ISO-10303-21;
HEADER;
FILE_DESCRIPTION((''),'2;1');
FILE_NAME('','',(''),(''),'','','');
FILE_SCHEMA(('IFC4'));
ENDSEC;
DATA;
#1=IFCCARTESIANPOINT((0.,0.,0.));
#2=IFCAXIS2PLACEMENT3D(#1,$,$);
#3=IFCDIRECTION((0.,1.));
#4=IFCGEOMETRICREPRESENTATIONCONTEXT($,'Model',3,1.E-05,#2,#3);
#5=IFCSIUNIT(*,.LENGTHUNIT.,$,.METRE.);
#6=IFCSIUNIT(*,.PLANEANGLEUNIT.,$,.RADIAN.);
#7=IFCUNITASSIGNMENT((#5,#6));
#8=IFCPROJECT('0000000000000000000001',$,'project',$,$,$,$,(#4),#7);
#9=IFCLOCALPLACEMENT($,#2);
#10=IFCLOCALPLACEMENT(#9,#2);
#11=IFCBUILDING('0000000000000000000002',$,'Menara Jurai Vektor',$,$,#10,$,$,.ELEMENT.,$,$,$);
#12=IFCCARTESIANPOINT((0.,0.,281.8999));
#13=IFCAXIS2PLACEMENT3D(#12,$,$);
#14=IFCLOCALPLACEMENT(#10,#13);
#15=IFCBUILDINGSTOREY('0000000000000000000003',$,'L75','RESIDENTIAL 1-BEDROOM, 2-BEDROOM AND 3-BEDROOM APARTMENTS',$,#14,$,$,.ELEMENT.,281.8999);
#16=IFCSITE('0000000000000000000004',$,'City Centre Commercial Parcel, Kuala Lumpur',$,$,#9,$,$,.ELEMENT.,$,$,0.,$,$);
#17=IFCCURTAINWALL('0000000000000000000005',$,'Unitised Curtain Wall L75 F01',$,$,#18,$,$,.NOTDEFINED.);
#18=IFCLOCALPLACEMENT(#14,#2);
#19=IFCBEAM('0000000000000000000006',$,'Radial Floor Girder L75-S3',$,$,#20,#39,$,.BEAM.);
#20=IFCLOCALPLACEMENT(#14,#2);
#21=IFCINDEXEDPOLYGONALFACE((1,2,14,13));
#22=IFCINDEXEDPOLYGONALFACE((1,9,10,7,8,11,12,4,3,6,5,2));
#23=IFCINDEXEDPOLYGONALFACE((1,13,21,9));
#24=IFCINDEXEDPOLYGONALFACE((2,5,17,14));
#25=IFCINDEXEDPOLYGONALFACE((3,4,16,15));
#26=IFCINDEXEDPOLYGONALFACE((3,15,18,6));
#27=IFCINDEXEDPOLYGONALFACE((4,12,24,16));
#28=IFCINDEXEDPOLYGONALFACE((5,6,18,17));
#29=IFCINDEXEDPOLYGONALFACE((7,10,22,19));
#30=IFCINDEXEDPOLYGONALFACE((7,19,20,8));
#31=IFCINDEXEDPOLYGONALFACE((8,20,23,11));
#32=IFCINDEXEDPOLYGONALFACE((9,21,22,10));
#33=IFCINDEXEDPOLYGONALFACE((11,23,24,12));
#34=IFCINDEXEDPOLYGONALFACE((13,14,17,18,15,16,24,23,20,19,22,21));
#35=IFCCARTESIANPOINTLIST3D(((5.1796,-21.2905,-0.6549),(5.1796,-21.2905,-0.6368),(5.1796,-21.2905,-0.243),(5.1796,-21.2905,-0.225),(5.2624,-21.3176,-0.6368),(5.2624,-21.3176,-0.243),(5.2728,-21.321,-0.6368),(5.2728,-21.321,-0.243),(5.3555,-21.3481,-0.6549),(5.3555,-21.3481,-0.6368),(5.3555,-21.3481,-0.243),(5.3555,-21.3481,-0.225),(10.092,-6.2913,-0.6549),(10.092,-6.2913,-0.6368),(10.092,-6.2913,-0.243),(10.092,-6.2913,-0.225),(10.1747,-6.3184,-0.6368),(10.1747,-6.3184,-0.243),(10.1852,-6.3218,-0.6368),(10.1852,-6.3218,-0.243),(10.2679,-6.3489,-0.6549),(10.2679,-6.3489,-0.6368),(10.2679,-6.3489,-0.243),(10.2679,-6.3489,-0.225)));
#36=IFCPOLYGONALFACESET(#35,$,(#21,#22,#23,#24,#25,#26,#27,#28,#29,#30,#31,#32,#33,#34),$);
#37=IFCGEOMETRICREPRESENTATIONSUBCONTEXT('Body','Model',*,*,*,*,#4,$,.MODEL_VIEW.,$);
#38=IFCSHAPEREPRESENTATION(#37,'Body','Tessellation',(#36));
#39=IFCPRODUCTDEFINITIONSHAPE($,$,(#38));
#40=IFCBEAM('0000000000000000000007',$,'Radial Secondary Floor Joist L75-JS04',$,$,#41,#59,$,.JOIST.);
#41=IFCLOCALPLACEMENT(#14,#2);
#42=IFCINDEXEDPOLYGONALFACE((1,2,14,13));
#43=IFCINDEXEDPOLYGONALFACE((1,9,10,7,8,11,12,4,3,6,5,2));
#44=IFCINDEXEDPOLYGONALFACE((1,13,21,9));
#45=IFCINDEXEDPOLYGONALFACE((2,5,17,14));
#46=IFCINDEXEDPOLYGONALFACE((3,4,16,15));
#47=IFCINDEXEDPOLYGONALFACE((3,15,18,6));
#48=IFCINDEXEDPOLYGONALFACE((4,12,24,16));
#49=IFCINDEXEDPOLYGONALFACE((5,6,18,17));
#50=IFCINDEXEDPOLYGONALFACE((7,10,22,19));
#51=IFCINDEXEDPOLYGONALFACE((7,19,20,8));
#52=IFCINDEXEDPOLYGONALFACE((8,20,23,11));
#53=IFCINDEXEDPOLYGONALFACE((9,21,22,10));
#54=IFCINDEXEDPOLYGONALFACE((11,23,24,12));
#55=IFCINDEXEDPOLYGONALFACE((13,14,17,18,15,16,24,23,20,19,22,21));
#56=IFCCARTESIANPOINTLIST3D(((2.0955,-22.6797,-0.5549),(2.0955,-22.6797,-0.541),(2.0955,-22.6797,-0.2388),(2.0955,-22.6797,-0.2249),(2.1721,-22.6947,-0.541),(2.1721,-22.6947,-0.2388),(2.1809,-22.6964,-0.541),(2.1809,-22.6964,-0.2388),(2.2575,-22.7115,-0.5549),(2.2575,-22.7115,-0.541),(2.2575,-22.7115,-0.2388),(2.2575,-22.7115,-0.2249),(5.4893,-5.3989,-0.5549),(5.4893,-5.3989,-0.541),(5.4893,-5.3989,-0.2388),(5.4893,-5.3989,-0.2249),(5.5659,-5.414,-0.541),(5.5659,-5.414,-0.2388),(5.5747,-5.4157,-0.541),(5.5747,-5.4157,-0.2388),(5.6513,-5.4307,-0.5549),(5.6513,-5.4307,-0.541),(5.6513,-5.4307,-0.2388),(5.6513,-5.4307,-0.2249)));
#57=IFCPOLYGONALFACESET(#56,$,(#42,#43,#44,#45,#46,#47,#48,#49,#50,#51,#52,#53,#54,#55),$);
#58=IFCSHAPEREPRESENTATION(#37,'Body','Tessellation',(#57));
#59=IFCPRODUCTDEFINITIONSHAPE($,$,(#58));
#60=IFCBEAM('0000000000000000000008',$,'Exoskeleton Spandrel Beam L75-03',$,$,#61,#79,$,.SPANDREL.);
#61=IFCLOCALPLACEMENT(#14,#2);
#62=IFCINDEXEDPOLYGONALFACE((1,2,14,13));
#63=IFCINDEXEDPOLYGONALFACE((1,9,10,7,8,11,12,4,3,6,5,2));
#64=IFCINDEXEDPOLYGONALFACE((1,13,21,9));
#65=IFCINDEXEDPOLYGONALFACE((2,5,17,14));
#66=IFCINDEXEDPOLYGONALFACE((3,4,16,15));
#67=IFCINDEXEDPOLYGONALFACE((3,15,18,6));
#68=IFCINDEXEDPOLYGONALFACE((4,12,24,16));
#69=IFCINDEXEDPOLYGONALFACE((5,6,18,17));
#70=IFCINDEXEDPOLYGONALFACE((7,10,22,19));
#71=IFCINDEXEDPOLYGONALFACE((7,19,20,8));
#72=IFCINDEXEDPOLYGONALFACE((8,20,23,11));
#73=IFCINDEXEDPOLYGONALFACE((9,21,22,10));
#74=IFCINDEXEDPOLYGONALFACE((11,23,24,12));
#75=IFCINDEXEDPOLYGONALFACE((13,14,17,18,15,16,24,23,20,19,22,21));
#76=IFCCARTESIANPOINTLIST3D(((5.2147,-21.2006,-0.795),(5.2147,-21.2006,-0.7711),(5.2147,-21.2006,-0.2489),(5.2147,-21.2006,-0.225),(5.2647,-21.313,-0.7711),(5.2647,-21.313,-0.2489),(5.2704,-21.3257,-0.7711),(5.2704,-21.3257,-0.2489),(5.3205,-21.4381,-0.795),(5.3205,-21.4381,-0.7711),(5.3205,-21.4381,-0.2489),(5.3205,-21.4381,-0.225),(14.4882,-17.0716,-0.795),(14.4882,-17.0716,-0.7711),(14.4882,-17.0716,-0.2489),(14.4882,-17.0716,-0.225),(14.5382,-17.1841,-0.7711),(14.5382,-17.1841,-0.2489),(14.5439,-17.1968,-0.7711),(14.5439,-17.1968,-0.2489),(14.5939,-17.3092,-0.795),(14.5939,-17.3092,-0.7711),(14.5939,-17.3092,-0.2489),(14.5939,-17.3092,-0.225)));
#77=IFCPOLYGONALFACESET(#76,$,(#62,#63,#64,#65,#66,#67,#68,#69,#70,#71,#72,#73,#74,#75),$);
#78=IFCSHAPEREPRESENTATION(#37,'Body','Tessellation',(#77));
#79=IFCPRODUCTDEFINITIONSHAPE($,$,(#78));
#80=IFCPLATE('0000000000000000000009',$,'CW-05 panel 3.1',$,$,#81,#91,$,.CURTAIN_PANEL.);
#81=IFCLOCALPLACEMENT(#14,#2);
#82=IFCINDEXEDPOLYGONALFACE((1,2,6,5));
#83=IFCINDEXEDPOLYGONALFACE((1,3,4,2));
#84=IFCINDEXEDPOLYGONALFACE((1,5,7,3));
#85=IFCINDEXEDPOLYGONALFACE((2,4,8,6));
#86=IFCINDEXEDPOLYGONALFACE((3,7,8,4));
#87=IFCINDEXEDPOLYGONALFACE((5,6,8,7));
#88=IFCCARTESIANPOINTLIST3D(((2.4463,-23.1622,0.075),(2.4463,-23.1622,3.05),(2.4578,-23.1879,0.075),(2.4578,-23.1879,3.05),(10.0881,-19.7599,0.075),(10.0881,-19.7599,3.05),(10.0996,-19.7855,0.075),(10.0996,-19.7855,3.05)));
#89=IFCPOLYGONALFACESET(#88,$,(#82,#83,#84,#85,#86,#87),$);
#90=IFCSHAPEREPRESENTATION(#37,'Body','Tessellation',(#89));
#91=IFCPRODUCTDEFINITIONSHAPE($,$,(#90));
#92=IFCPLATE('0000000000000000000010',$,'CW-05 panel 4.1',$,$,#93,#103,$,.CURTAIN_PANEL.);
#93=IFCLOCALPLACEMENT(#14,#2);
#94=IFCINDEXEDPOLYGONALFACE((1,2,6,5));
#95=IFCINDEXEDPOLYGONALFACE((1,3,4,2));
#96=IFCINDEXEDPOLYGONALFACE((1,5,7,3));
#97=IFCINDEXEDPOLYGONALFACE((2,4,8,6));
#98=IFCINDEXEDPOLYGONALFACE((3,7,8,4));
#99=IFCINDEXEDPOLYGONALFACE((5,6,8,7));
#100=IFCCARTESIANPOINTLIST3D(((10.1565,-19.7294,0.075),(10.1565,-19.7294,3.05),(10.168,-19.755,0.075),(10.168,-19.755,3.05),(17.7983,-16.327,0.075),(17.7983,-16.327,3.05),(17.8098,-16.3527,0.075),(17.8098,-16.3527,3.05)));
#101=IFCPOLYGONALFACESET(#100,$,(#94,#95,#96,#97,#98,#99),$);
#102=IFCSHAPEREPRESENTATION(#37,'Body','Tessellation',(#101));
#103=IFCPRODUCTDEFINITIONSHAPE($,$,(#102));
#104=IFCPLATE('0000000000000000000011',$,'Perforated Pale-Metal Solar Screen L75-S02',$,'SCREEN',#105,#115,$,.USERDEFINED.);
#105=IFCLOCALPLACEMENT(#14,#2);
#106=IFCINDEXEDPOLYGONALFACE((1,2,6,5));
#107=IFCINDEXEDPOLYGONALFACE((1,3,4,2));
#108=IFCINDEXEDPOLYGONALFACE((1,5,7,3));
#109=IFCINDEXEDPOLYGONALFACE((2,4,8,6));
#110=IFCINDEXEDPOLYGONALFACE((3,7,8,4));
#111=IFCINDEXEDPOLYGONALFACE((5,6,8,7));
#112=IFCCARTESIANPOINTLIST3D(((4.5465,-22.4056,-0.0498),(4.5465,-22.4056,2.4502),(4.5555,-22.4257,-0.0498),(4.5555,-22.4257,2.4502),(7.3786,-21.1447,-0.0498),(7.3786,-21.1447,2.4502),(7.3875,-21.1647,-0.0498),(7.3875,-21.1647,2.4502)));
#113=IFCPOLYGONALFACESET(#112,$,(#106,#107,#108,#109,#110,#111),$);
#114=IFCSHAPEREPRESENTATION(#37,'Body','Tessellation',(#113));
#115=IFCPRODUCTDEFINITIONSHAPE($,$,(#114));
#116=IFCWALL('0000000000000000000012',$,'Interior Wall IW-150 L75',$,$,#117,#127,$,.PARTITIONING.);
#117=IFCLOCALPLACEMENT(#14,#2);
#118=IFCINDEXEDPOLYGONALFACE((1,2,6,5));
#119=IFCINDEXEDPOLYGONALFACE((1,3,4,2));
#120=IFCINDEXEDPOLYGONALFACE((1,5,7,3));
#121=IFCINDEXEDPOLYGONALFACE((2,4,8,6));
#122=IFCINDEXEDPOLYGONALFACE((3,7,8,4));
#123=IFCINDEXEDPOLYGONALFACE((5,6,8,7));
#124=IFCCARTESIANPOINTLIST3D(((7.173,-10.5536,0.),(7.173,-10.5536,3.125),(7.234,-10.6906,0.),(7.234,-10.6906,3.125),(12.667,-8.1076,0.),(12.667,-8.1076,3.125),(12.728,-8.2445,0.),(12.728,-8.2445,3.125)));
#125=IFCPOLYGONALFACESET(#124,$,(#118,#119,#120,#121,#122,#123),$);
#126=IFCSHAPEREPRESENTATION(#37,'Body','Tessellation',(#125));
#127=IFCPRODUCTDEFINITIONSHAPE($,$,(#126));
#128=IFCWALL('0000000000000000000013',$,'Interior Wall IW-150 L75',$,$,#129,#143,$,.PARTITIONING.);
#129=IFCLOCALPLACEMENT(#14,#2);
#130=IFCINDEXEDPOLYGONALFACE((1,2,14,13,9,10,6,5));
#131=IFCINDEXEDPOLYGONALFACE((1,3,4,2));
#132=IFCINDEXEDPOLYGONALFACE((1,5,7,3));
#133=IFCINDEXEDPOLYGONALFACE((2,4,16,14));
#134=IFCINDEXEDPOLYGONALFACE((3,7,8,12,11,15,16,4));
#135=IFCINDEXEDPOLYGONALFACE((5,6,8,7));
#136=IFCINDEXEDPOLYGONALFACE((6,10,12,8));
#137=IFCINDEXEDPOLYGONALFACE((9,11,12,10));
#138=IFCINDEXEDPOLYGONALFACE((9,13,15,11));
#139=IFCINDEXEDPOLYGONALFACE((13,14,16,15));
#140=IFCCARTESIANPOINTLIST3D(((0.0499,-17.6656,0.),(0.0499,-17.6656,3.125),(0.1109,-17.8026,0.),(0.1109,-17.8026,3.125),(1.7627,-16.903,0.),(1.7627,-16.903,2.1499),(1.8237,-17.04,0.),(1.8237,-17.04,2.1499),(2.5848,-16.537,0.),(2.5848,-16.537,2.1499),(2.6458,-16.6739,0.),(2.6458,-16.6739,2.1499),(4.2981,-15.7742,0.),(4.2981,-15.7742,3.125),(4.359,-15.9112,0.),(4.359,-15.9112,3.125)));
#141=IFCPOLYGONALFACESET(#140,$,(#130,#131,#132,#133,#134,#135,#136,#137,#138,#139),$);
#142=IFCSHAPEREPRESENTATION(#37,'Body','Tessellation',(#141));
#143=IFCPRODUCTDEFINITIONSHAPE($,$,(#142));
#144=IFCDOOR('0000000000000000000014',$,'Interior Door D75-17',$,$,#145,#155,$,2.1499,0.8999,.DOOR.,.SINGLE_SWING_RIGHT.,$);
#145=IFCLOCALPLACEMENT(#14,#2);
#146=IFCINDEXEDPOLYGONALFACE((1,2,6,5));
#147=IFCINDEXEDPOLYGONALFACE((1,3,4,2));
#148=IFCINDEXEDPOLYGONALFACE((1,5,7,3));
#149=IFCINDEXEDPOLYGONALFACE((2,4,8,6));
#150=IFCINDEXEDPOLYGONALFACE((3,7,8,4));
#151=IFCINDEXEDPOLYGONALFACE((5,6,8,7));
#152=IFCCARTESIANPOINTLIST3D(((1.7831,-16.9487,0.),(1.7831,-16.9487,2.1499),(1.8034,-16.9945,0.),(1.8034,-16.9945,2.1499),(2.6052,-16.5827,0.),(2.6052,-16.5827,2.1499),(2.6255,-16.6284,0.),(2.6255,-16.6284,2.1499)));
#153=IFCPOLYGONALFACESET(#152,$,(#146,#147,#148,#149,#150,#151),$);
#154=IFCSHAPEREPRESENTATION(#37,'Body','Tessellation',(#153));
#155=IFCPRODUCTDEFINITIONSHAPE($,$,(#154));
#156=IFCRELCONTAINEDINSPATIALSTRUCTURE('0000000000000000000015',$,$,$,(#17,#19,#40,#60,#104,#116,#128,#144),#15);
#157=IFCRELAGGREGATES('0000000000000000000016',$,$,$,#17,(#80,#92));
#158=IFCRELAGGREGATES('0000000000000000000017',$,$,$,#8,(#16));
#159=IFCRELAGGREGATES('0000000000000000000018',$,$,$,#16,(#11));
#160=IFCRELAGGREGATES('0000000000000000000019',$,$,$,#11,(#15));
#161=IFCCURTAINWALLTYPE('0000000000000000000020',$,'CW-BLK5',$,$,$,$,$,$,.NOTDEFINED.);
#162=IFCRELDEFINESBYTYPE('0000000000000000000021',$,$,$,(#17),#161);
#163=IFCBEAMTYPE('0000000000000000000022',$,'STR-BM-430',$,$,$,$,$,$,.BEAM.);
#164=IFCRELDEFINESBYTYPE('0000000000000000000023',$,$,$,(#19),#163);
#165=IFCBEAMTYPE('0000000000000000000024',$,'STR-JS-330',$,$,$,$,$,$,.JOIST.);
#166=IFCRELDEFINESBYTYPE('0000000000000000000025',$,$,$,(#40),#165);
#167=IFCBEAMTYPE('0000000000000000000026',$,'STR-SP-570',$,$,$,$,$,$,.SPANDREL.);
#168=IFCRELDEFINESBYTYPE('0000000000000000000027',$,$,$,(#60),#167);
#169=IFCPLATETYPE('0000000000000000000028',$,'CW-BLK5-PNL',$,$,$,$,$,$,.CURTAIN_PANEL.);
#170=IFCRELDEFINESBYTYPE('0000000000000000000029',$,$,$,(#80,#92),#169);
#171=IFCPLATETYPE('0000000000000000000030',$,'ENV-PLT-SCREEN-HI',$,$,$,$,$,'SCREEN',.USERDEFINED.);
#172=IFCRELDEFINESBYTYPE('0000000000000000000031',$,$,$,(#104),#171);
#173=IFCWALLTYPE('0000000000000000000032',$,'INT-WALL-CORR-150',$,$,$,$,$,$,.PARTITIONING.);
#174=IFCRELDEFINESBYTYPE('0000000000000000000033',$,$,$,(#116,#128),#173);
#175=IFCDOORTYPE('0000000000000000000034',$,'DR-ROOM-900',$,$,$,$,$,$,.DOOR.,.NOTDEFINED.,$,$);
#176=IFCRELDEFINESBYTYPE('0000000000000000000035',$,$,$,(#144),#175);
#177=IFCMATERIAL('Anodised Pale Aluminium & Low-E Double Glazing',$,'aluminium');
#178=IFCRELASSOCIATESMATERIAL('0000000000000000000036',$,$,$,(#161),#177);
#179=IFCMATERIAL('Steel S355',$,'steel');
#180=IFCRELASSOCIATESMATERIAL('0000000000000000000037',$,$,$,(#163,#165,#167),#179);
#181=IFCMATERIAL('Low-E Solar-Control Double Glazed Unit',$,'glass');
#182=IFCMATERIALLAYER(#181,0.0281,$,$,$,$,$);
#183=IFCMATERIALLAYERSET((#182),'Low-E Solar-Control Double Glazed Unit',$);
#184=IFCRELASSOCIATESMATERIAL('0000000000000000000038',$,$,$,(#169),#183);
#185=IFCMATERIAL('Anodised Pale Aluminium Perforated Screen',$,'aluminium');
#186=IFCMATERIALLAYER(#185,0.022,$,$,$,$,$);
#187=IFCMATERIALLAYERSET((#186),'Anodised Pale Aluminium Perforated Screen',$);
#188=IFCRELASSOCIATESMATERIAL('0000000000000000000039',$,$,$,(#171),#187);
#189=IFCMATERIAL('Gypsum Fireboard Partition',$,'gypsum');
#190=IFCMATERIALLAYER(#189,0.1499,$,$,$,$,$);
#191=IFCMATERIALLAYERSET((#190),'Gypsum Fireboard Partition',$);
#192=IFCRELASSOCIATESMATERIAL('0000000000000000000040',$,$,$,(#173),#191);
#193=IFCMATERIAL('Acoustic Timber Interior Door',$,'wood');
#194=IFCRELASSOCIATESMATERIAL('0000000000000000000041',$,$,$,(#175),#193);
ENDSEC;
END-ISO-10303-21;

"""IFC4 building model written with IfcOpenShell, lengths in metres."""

from ifc_helpers import new_model, si_unit, direction, frame, frame_2d, origin, origin_2d, place, context, subcontext, project, spatial, rectangle, i_section, extrude, material, layer, layer_set, material_profile, profile_set, type_object, element, fill, aggregate, save


model = new_model("IFC4")

# Units and contexts
model_context = context("Model", 3, precision=1e-05, world=origin(), true_north=direction((0.0, 1.0)))
body_context = subcontext(model_context, "Body", "Model", "MODEL_VIEW")
ifc_project = project(units=[si_unit("LENGTHUNIT", "METRE"), si_unit("PLANEANGLEUNIT", "RADIAN")], contexts=[model_context])

# Site, building, storey
site_placement = place(None, origin())
site = spatial("IfcSite", under=ifc_project, at=site_placement, Name="City Centre Commercial Parcel, Kuala Lumpur", CompositionType="ELEMENT", RefElevation=0.0)
building_placement = place(site_placement, origin())
building = spatial("IfcBuilding", under=site, at=building_placement, Name="Menara Jurai Vektor", CompositionType="ELEMENT")
storey_placement = place(building_placement, frame((0.0, 0.0, 281.8999)))
storey = spatial("IfcBuildingStorey", under=building, at=storey_placement, Name="L75", Description="RESIDENTIAL 1-BEDROOM, 2-BEDROOM AND 3-BEDROOM APARTMENTS", CompositionType="ELEMENT", Elevation=281.8999)

# Curtain wall
ifc_material_1 = material(Name="Anodised Pale Aluminium & Low-E Double Glazing", Category="aluminium")
curtain_wall_type = type_object("IfcCurtainWallType", Name="CW-BLK5", PredefinedType="NOTDEFINED", material=ifc_material_1)
curtain_wall_placement = place(storey_placement, origin())
curtain_wall = element("IfcCurtainWall", 1, at=curtain_wall_placement, inside=storey, type_object=curtain_wall_type, Name="Unitised Curtain Wall L75 F01", PredefinedType="NOTDEFINED")

# Beams
ifc_material_2 = material(Name="Steel S355", Category="steel")
ifc_material_profile_1 = material_profile(ifc_material_2, i_section(OverallWidth=0.1851, OverallDepth=0.4299, WebThickness=0.011, FlangeThickness=0.0181, at=origin_2d()), Name="PG 430x185x76")
ifc_profile_set_1 = profile_set([ifc_material_profile_1], Name="Steel S355")
beam_type_1 = type_object("IfcBeamType", Name="STR-BM-430", PredefinedType="BEAM", material=ifc_profile_set_1)
beam_1_placement = place(storey_placement, frame((5.2676, -21.3193, -0.4399), z_axis=(0.311239, 0.950332, 0.0), x_axis=(-0.950332, 0.311239, 0.0)))
element("IfcBeam", 2, at=beam_1_placement, inside=storey, type_object=beam_type_1, Name="Radial Floor Girder L75-S3", PredefinedType="BEAM", context=body_context, shape_type="SweptSolid", body=[
    extrude(i_section(OverallWidth=0.1851, OverallDepth=0.4299, WebThickness=0.011, FlangeThickness=0.0181, at=origin_2d()), origin(), (0.0, 0.0, 1.0), 15.7832),
])
ifc_material_profile_2 = material_profile(ifc_material_2, i_section(OverallWidth=0.165, OverallDepth=0.3301, WebThickness=0.009, FlangeThickness=0.0139, at=origin_2d()), Name="PG 330x165x46")
ifc_profile_set_2 = profile_set([ifc_material_profile_2], Name="Steel S355")
beam_type_2 = type_object("IfcBeamType", Name="STR-JS-330", PredefinedType="JOIST", material=ifc_profile_set_2)
beam_2_placement = place(storey_placement, frame((2.1765, -22.6956, -0.3899), z_axis=(0.192711, 0.981256, 0.0), x_axis=(-0.981256, 0.192711, 0.0)))
element("IfcBeam", 3, at=beam_2_placement, inside=storey, type_object=beam_type_2, Name="Radial Secondary Floor Joist L75-JS04", PredefinedType="JOIST", context=body_context, shape_type="SweptSolid", body=[
    extrude(i_section(OverallWidth=0.165, OverallDepth=0.3301, WebThickness=0.009, FlangeThickness=0.0139, at=origin_2d()), origin(), (0.0, 0.0, 1.0), 17.6108),
])
ifc_material_profile_3 = material_profile(ifc_material_2, i_section(OverallWidth=0.26, OverallDepth=0.5701, WebThickness=0.0139, FlangeThickness=0.0239, at=origin_2d()), Name="PG 570x260x145")
ifc_profile_set_3 = profile_set([ifc_material_profile_3], Name="Steel S355")
beam_type_3 = type_object("IfcBeamType", Name="STR-SP-570", PredefinedType="SPANDREL", material=ifc_profile_set_3)
beam_3_placement = place(storey_placement, frame((5.2676, -21.3193, -0.51), z_axis=(0.913542, 0.406745, 0.0), x_axis=(-0.406745, 0.913542, 0.0)))
element("IfcBeam", 4, at=beam_3_placement, inside=storey, type_object=beam_type_3, Name="Exoskeleton Spandrel Beam L75-03", PredefinedType="SPANDREL", context=body_context, shape_type="SweptSolid", body=[
    extrude(i_section(OverallWidth=0.26, OverallDepth=0.5701, WebThickness=0.0139, FlangeThickness=0.0239, at=origin_2d()), origin(), (0.0, 0.0, 1.0), 10.1511),
])

# Plates
ifc_material_3 = material(Name="Low-E Solar-Control Double Glazed Unit", Category="glass")
ifc_layer_1 = layer(ifc_material_3, 0.0281)
ifc_layer_set_1 = layer_set([ifc_layer_1], Name="Low-E Solar-Control Double Glazed Unit")
plate_type_1 = type_object("IfcPlateType", Name="CW-BLK5-PNL", PredefinedType="CURTAIN_PANEL", material=ifc_layer_set_1)
plate_1_placement = place(storey_placement, frame((6.2729, -21.4739, 0.075), z_axis=(0.0, 0.0, 1.0), x_axis=(0.913546, 0.406735, 0.0)))
plate_1 = element("IfcPlate", 5, at=plate_1_placement, type_object=plate_type_1, Name="CW-05 panel 3.1", PredefinedType="CURTAIN_PANEL", context=body_context, shape_type="SweptSolid", body=[
    extrude(rectangle(XDim=8.365, YDim=0.0281, at=origin_2d()), origin(), (0.0, 0.0, 1.0), 2.9751),
])
plate_2_placement = place(storey_placement, frame((13.9832, -18.041, 0.075), z_axis=(0.0, 0.0, 1.0), x_axis=(0.913546, 0.406735, 0.0)))
plate_2 = element("IfcPlate", 6, at=plate_2_placement, type_object=plate_type_1, Name="CW-05 panel 4.1", PredefinedType="CURTAIN_PANEL", context=body_context, shape_type="SweptSolid", body=[
    extrude(rectangle(XDim=8.365, YDim=0.0281, at=origin_2d()), origin(), (0.0, 0.0, 1.0), 2.9751),
])
aggregate(curtain_wall, [plate_1, plate_2])
ifc_material_4 = material(Name="Anodised Pale Aluminium Perforated Screen", Category="aluminium")
ifc_layer_2 = layer(ifc_material_4, 0.022)
ifc_layer_set_2 = layer_set([ifc_layer_2], Name="Anodised Pale Aluminium Perforated Screen")
plate_type_2 = type_object("IfcPlateType", Name="ENV-PLT-SCREEN-HI", ElementType="SCREEN", PredefinedType="USERDEFINED", material=ifc_layer_set_2)
plate_3_placement = place(storey_placement, frame((5.967, -21.7852, -0.0498), z_axis=(0.0, 0.0, 1.0), x_axis=(0.913545, 0.406737, 0.0)))
element("IfcPlate", 7, at=plate_3_placement, inside=storey, type_object=plate_type_2, Name="Perforated Pale-Metal Solar Screen L75-S02", ObjectType="SCREEN", PredefinedType="USERDEFINED", context=body_context, shape_type="SweptSolid", body=[
    extrude(rectangle(XDim=3.1001, YDim=0.022, at=origin_2d()), origin(), (0.0, 0.0, 1.0), 2.5),
])

# Wall
ifc_material_5 = material(Name="Gypsum Fireboard Partition", Category="gypsum")
ifc_layer_3 = layer(ifc_material_5, 0.1499)
ifc_layer_set_3 = layer_set([ifc_layer_3], Name="Gypsum Fireboard Partition")
wall_type_1 = type_object("IfcWallType", Name="INT-WALL-CORR-150", PredefinedType="PARTITIONING", material=ifc_layer_set_3)
wall_1_placement = place(storey_placement, frame((7.2036, -10.6221, 0.0), z_axis=(0.0, 0.0, 1.0), x_axis=(0.913545, 0.406737, 0.0)))
element("IfcWall", 8, at=wall_1_placement, inside=storey, type_object=wall_type_1, Name="Interior Wall IW-150 L75", PredefinedType="PARTITIONING", context=body_context, shape_type="SweptSolid", body=[
    extrude(rectangle(XDim=6.0139, YDim=0.1499, at=frame_2d((3.0068, 0.0))), origin(), (0.0, 0.0, 1.0), 3.125),
])

# Wall, opening, door
wall_2_placement = place(storey_placement, frame((0.0803, -17.7341, 0.0), z_axis=(0.0, 0.0, 1.0), x_axis=(0.913545, 0.406738, 0.0)))
wall_2 = element("IfcWall", 9, at=wall_2_placement, inside=storey, type_object=wall_type_1, Name="Interior Wall IW-150 L75", PredefinedType="PARTITIONING", context=body_context, shape_type="SweptSolid", body=[
    extrude(rectangle(XDim=4.6501, YDim=0.1499, at=frame_2d((2.3252, 0.0))), origin(), (0.0, 0.0, 1.0), 3.125),
])
opening_1_placement = place(wall_2_placement, frame((1.875, 0.0, 0.0)))
opening_1 = element("IfcOpeningElement", 10, at=opening_1_placement, cuts=wall_2, PredefinedType="OPENING", context=body_context, shape_type="SweptSolid", body=[
    extrude(rectangle(XDim=0.8999, YDim=2.1499, at=frame_2d((0.45, 1.075))), frame((0.0, 0.085, 0.0), z_axis=(0.0, -1.0, 0.0), x_axis=(1.0, 0.0, 0.0)), (0.0, 0.0, 1.0), 0.1699),
])
ifc_material_6 = material(Name="Acoustic Timber Interior Door", Category="wood")
door_type = type_object("IfcDoorType", Name="DR-ROOM-900", OperationType="NOTDEFINED", PredefinedType="DOOR", material=ifc_material_6)
door_1_placement = place(opening_1_placement, origin())
door_1 = element("IfcDoor", 11, at=door_1_placement, inside=storey, type_object=door_type, Name="Interior Door D75-17", OperationType="SINGLE_SWING_RIGHT", OverallHeight=2.1499, OverallWidth=0.8999, PredefinedType="DOOR", context=body_context, shape_type="SweptSolid", body=[
    extrude(rectangle(XDim=0.8999, YDim=2.1499, at=frame_2d((0.45, 1.075))), frame((0.0, 0.0249, 0.0), z_axis=(0.0, -1.0, 0.0), x_axis=(1.0, 0.0, 0.0)), (0.0, 0.0, 1.0), 0.05),
])
fill(opening_1, door_1)

save(model, "model.ifc")
